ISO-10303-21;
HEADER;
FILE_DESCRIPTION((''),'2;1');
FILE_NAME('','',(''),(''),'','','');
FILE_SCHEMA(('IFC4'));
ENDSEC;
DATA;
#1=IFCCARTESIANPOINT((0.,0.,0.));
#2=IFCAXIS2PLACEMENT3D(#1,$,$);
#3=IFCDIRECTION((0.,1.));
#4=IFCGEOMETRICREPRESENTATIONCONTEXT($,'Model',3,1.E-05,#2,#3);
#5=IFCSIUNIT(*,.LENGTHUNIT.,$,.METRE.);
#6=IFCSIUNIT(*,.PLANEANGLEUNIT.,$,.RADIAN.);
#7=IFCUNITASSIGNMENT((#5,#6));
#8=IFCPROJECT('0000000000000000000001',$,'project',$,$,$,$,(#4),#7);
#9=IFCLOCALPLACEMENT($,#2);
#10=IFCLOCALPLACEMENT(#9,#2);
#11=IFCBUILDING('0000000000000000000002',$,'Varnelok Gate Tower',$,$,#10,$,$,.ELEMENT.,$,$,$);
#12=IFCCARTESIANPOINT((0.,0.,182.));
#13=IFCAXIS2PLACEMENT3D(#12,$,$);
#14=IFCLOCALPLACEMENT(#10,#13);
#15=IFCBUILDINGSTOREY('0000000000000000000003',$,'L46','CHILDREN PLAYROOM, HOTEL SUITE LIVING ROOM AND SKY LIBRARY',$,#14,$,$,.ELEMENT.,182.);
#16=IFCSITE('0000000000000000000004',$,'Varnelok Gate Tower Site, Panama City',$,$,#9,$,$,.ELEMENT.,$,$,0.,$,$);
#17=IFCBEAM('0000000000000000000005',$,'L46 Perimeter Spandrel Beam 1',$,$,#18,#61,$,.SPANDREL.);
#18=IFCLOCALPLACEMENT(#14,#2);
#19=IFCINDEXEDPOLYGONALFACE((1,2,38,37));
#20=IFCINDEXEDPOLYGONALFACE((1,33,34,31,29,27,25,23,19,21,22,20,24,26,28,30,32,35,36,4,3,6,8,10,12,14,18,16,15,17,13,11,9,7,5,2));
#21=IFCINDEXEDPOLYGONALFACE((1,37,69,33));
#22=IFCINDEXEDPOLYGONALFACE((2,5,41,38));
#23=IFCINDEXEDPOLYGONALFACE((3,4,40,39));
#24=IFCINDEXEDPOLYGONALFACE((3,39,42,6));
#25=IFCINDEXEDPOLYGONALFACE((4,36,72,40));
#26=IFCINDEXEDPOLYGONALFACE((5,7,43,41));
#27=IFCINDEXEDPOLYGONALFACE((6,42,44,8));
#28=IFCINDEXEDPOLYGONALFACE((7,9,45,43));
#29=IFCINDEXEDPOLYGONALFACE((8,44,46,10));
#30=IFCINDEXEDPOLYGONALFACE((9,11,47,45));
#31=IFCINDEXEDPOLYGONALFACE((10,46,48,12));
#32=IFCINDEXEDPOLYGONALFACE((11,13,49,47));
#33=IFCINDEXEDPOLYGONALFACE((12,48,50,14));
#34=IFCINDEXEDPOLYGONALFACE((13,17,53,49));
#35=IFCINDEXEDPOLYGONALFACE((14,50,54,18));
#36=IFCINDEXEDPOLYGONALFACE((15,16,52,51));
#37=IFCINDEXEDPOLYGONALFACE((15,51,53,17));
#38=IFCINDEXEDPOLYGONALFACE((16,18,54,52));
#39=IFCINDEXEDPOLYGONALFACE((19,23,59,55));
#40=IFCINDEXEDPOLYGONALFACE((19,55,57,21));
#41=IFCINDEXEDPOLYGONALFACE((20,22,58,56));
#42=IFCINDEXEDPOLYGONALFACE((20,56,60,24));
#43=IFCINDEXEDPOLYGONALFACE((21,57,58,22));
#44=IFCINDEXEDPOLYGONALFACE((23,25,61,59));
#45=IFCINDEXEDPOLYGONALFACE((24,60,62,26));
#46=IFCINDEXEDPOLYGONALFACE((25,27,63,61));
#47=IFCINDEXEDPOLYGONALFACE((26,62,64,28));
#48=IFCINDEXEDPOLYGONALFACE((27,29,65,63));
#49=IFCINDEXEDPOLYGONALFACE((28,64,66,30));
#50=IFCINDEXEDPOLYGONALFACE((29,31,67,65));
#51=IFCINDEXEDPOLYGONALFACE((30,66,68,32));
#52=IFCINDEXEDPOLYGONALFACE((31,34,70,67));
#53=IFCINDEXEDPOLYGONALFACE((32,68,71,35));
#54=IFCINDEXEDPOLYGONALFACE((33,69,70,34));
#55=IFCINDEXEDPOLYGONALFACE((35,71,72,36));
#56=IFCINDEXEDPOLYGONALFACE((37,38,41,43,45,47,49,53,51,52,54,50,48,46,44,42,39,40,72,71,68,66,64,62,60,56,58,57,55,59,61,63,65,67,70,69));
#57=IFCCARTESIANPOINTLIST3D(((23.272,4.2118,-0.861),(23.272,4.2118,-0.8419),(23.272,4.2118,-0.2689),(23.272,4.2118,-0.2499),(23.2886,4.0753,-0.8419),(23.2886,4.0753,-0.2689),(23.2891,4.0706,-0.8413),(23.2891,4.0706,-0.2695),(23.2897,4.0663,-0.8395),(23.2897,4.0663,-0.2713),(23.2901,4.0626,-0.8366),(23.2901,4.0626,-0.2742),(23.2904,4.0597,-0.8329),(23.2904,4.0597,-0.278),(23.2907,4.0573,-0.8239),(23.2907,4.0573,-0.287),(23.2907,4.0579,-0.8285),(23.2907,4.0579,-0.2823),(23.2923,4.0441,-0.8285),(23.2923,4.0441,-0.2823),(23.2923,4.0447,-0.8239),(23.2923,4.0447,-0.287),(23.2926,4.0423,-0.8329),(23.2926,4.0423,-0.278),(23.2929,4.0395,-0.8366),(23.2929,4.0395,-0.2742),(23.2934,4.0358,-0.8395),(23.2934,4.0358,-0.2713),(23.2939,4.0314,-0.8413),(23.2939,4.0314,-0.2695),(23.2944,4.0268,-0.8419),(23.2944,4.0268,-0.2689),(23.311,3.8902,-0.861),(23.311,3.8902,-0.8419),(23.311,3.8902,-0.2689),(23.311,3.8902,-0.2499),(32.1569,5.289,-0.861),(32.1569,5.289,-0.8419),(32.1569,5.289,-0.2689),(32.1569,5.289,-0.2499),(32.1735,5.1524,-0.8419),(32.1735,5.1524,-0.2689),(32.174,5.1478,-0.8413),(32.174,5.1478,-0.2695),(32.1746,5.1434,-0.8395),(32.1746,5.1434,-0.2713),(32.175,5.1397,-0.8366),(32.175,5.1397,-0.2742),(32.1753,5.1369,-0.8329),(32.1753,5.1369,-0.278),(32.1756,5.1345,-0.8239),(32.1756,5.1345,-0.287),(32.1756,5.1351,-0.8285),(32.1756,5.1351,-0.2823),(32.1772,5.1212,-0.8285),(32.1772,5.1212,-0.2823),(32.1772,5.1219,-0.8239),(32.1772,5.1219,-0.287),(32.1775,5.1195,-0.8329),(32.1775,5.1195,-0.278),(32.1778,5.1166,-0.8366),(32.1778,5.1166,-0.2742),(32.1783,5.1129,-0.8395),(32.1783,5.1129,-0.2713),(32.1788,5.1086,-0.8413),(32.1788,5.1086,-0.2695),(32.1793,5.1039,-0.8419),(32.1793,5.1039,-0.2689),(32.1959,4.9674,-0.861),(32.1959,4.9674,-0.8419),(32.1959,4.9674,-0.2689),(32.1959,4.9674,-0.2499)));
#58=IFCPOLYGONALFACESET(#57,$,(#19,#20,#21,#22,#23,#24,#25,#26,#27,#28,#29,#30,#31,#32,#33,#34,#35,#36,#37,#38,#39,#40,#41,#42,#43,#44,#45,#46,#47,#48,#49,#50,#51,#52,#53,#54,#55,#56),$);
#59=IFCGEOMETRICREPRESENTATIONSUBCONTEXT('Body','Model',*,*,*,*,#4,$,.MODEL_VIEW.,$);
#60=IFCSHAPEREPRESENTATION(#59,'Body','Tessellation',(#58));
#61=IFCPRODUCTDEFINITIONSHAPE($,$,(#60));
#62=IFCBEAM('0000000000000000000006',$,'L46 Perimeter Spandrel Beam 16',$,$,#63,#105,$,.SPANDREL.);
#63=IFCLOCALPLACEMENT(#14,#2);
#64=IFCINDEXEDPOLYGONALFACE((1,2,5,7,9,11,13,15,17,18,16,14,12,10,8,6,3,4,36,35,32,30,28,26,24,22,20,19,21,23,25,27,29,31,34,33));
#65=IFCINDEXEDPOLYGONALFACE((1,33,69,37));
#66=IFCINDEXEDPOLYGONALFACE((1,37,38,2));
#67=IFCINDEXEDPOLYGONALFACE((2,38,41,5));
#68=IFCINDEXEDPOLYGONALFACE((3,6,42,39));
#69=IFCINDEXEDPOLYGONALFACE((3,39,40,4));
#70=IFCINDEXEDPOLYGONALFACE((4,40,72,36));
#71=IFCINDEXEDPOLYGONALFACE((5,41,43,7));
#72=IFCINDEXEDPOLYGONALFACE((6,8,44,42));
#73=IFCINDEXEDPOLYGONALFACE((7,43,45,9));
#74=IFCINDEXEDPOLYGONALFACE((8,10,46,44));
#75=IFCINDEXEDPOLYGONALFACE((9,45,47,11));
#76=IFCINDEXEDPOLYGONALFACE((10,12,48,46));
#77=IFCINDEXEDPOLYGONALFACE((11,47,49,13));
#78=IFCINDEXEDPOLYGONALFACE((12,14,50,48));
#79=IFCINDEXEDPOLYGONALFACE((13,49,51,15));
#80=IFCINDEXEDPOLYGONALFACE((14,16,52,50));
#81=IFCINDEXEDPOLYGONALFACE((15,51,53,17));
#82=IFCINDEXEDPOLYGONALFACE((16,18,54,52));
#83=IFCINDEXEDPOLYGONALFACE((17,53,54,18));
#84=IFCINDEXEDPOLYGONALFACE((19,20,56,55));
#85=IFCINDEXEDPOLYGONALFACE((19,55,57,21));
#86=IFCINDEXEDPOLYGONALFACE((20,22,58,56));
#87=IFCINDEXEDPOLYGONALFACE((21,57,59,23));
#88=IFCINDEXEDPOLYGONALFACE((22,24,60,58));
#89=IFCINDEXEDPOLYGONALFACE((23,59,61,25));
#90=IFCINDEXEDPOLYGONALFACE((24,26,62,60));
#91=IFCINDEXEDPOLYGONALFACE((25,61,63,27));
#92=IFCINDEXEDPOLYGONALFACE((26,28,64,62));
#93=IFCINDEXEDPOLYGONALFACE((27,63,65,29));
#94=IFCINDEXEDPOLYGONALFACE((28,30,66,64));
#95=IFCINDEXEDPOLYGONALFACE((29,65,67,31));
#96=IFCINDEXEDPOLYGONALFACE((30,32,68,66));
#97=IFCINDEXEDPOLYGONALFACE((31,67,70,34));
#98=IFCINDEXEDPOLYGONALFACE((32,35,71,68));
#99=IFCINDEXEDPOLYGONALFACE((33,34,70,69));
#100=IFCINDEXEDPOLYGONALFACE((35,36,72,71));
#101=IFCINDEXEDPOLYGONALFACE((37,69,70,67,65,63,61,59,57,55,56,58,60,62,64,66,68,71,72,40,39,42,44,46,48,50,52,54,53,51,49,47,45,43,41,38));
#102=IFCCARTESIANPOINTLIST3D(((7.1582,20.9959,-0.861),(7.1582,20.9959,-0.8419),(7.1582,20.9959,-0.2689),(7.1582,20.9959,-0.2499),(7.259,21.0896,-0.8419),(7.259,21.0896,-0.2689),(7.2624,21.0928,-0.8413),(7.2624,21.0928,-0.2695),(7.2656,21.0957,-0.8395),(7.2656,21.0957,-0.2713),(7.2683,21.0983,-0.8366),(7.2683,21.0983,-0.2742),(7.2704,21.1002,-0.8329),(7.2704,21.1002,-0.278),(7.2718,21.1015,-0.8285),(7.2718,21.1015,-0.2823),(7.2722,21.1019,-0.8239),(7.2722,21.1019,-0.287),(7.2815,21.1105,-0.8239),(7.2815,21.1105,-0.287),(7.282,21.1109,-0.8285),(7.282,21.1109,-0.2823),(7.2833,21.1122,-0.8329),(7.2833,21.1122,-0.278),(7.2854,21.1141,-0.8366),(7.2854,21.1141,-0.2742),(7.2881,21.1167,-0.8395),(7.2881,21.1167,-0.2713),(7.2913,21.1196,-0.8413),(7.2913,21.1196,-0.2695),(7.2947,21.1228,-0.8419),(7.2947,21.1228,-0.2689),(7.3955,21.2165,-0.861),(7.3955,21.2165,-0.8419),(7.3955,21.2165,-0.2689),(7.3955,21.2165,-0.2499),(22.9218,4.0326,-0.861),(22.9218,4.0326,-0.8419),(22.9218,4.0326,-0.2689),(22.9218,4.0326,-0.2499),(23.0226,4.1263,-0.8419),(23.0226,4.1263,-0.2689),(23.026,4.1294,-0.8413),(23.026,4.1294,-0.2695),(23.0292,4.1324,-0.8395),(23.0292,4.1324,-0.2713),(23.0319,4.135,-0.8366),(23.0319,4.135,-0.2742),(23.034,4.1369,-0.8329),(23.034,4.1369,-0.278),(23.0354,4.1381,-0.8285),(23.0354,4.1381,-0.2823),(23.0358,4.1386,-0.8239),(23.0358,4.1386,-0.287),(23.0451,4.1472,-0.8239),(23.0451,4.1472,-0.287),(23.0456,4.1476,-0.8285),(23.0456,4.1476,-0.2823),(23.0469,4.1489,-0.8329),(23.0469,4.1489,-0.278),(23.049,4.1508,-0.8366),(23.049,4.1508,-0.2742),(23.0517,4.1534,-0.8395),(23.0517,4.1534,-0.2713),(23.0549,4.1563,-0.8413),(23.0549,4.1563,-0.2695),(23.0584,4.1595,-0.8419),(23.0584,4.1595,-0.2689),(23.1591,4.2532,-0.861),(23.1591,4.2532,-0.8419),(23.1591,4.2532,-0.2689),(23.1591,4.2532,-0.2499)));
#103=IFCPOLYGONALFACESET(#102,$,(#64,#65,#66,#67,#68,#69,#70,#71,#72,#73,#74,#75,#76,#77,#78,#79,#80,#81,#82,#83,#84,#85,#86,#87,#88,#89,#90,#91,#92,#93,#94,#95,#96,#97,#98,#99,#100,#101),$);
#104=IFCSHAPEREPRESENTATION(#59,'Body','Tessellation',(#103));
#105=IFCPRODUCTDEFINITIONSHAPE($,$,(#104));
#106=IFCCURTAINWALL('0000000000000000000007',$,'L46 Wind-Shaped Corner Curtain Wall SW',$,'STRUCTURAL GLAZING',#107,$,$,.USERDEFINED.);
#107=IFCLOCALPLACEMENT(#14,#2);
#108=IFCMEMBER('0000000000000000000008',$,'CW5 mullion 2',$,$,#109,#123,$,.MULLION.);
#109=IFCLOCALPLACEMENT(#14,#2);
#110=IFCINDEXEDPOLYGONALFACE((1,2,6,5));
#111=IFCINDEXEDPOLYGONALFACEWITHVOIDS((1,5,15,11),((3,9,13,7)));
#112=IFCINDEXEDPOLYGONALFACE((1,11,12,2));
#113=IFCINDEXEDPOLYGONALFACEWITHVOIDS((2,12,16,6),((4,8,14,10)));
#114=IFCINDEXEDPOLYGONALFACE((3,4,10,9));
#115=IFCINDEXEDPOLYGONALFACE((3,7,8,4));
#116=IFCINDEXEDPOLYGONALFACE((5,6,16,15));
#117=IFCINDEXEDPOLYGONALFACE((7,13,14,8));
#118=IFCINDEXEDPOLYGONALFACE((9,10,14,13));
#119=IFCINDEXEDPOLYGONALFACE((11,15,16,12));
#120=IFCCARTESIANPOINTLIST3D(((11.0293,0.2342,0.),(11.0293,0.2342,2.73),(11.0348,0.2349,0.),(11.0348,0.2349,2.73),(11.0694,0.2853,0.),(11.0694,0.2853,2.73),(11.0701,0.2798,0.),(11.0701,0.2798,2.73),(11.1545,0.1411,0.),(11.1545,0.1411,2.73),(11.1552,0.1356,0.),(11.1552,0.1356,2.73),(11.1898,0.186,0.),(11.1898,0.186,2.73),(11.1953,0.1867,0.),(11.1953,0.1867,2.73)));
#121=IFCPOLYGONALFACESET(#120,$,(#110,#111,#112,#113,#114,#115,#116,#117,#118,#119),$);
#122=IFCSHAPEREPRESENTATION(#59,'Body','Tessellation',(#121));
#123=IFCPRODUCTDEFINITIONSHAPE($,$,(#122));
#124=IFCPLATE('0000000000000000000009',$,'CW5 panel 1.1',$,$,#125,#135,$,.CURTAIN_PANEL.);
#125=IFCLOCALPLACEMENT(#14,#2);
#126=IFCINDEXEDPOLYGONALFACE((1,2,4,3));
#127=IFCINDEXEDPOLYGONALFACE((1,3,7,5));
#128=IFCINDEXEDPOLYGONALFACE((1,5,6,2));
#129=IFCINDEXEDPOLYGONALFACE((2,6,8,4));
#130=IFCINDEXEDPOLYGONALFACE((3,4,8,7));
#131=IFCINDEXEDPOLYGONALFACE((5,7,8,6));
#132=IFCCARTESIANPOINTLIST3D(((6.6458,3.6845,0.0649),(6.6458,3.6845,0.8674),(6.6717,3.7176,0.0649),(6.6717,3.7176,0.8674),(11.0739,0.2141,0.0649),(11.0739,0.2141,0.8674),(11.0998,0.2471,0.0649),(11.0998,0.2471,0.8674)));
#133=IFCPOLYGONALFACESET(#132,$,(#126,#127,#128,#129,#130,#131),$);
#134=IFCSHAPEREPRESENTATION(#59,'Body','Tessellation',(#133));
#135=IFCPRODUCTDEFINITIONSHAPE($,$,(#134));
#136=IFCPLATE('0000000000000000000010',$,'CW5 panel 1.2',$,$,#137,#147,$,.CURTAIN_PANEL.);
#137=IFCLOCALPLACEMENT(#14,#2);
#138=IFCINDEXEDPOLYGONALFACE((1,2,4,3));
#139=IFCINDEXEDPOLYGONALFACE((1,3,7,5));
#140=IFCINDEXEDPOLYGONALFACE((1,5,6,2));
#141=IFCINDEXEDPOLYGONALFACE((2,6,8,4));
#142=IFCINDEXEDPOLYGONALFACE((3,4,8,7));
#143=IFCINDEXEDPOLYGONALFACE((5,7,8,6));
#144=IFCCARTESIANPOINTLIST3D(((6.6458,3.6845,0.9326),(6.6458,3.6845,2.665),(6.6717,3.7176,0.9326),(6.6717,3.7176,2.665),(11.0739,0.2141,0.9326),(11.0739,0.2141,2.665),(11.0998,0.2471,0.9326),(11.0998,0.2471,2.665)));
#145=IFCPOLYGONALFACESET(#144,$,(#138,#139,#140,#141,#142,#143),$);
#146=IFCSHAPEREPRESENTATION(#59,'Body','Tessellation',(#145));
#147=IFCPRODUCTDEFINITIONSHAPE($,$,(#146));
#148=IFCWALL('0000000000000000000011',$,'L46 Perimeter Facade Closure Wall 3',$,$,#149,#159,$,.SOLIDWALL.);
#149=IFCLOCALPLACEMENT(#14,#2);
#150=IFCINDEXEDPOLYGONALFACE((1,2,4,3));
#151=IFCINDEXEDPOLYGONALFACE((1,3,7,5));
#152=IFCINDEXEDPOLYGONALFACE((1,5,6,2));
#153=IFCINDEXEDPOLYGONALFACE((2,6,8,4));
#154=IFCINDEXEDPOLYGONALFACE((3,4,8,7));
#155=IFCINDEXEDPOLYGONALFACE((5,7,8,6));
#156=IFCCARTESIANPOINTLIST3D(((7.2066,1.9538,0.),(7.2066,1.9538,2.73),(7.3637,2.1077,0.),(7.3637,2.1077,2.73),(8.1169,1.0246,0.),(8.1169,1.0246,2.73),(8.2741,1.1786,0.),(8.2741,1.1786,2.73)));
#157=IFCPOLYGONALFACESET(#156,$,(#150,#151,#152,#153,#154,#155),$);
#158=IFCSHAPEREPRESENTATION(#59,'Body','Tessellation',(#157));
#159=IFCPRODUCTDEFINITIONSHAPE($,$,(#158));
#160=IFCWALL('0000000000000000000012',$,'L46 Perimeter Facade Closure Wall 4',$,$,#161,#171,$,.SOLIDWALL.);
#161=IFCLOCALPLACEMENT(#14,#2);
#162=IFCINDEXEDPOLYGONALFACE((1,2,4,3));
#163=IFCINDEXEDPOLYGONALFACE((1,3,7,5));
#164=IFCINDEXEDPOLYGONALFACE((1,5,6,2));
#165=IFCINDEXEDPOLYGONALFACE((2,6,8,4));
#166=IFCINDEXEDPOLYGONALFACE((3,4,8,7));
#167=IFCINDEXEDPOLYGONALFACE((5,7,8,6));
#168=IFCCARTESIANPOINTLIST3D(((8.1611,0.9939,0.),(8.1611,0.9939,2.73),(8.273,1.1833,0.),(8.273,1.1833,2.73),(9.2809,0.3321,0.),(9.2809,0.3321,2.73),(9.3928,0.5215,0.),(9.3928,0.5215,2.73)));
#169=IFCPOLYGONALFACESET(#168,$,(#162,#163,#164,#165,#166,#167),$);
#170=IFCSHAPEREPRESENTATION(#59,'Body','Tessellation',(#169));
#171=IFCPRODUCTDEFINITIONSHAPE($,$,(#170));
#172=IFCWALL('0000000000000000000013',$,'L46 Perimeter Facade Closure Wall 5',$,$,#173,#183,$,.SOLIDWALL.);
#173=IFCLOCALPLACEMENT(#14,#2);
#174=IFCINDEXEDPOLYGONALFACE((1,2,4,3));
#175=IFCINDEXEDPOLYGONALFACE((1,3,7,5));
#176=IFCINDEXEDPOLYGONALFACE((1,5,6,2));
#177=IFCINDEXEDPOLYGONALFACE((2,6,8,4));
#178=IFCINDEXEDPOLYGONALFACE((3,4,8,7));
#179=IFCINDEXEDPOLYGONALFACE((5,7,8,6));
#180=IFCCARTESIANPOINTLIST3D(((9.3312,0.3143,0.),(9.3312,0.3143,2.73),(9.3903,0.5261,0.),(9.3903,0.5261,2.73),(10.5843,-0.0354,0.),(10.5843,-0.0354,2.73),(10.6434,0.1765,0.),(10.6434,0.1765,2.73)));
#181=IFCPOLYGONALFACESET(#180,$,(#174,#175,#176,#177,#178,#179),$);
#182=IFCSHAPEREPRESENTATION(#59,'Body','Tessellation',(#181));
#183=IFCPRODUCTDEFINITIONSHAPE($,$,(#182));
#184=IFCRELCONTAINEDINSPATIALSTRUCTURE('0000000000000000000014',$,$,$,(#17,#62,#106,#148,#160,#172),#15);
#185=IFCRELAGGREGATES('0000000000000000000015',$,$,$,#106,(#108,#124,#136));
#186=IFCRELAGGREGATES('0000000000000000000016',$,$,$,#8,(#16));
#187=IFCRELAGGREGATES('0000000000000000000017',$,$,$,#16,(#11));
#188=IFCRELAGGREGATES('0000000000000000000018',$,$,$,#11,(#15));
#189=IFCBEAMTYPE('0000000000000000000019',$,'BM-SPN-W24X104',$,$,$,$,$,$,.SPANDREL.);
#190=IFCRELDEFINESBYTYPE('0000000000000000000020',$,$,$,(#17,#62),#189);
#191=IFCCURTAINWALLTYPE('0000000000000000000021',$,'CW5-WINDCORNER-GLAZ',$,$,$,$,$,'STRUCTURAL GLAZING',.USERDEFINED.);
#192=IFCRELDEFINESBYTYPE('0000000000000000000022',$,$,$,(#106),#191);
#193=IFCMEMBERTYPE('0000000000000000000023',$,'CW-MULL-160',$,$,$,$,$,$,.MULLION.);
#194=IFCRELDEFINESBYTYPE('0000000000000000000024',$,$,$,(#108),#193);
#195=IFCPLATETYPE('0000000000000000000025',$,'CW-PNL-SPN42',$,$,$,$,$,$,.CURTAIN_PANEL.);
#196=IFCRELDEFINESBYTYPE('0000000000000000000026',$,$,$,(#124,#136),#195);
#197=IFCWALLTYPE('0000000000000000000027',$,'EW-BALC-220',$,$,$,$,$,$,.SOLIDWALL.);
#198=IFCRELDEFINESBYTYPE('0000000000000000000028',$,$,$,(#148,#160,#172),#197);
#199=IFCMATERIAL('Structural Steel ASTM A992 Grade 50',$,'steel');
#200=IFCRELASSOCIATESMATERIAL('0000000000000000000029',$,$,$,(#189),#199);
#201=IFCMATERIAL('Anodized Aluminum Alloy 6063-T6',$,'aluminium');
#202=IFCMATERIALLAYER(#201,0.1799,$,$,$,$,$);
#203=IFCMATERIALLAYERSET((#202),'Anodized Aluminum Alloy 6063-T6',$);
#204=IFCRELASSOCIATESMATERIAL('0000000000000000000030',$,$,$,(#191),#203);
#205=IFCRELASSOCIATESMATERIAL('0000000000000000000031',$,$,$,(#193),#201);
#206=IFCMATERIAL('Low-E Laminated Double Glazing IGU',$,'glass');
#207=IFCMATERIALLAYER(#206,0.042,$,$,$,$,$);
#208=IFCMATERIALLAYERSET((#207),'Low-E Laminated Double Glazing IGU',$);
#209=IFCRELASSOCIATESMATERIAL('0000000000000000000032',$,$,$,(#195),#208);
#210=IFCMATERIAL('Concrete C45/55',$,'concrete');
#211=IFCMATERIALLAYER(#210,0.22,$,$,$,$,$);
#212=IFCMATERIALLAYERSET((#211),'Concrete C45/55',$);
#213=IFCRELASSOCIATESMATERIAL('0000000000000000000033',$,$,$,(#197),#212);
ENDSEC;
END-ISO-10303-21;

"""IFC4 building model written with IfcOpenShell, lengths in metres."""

from ifc_helpers import new_model, si_unit, direction, frame, frame_2d, origin, origin_2d, place, context, subcontext, project, spatial, rectangle, hollow_rectangle, i_section, extrude, source, transform, mapped, material, layer, layer_set, material_profile, profile_set, type_object, element, aggregate, save


model = new_model("IFC4")

# Units and contexts
model_context = context("Model", 3, precision=1e-05, world=origin(), true_north=direction((0.0, 1.0)))
body_context = subcontext(model_context, "Body", "Model", "MODEL_VIEW")
ifc_project = project(units=[si_unit("LENGTHUNIT", "METRE"), si_unit("PLANEANGLEUNIT", "RADIAN")], contexts=[model_context])

# Site, building, storey
site_placement = place(None, origin())
site = spatial("IfcSite", under=ifc_project, at=site_placement, Name="Varnelok Gate Tower Site, Panama City", CompositionType="ELEMENT", RefElevation=0.0)
building_placement = place(site_placement, origin())
building = spatial("IfcBuilding", under=site, at=building_placement, Name="Varnelok Gate Tower", CompositionType="ELEMENT")
storey_placement = place(building_placement, frame((0.0, 0.0, 182.0)))
storey = spatial("IfcBuildingStorey", under=building, at=storey_placement, Name="L46", Description="CHILDREN PLAYROOM, HOTEL SUITE LIVING ROOM AND SKY LIBRARY", CompositionType="ELEMENT", Elevation=182.0)

# Shared definitions
ifc_material_1 = material(Name="Structural Steel ASTM A992 Grade 50", Category="steel")

# Beams
ifc_material_profile_1 = material_profile(ifc_material_1, i_section(OverallWidth=0.324, OverallDepth=0.6111, WebThickness=0.0127, FlangeThickness=0.019, FilletRadius=0.0181, at=origin_2d()), Name="W24X104")
ifc_profile_set_1 = profile_set([ifc_material_profile_1], Name="Structural Steel ASTM A992 Grade 50")
beam_type_1 = type_object("IfcBeamType", Name="BM-SPN-W24X104", PredefinedType="SPANDREL", material=ifc_profile_set_1)
beam_1_placement = place(storey_placement, frame((23.2915, 4.051, -0.5554), z_axis=(0.992731, 0.120351, 0.0), x_axis=(-0.120351, 0.992731, 0.0)))
element("IfcBeam", 1, at=beam_1_placement, inside=storey, type_object=beam_type_1, Name="L46 Perimeter Spandrel Beam 1", PredefinedType="SPANDREL", context=body_context, shape_type="SweptSolid", body=[
    extrude(i_section(OverallWidth=0.324, OverallDepth=0.6111, WebThickness=0.0127, FlangeThickness=0.019, FilletRadius=0.0181, at=origin_2d()), origin(), (0.0, 0.0, 1.0), 8.95),
])
beam_2_placement = place(storey_placement, frame((7.2769, 21.1062, -0.5554), z_axis=(0.680728, -0.732536, 0.0), x_axis=(0.732536, 0.680728, 0.0)))
element("IfcBeam", 2, at=beam_2_placement, inside=storey, type_object=beam_type_1, Name="L46 Perimeter Spandrel Beam 16", PredefinedType="SPANDREL", context=body_context, shape_type="SweptSolid", body=[
    extrude(i_section(OverallWidth=0.324, OverallDepth=0.6111, WebThickness=0.0127, FlangeThickness=0.019, FilletRadius=0.0181, at=origin_2d()), origin(), (0.0, 0.0, 1.0), 23.157),
])

# Curtain wall, member, plates
ifc_material_2 = material(Name="Anodized Aluminum Alloy 6063-T6", Category="aluminium")
ifc_layer_1 = layer(ifc_material_2, 0.1799)
ifc_layer_set_1 = layer_set([ifc_layer_1], Name="Anodized Aluminum Alloy 6063-T6")
curtain_wall_type = type_object("IfcCurtainWallType", Name="CW5-WINDCORNER-GLAZ", ElementType="STRUCTURAL GLAZING", PredefinedType="USERDEFINED", material=ifc_layer_set_1)
curtain_wall_placement = place(storey_placement, origin())
curtain_wall = element("IfcCurtainWall", 3, at=curtain_wall_placement, inside=storey, type_object=curtain_wall_type, Name="L46 Wind-Shaped Corner Curtain Wall SW", ObjectType="STRUCTURAL GLAZING", PredefinedType="USERDEFINED")
ifc_material_profile_2 = material_profile(ifc_material_2, hollow_rectangle(XDim=0.0649, YDim=0.1599, WallThickness=0.0039, at=origin_2d()), Name="ALU160X65X4")
ifc_profile_set_2 = profile_set([ifc_material_profile_2], Name="Anodized Aluminum Alloy 6063-T6")
member_type = type_object("IfcMemberType", Name="CW-MULL-160", PredefinedType="MULLION", material=ifc_profile_set_2)
member_placement = place(storey_placement, frame((11.1123, 0.2104, 0.0), z_axis=(0.0, 0.0, 1.0), x_axis=(0.616863, 0.787071, 0.0)))
member = element("IfcMember", 4, at=member_placement, type_object=member_type, Name="CW5 mullion 2", PredefinedType="MULLION", context=body_context, shape_type="SweptSolid", body=[
    extrude(hollow_rectangle(XDim=0.0649, YDim=0.1599, WallThickness=0.0039, at=origin_2d()), origin(), (0.0, 0.0, 1.0), 2.73),
])
ifc_material_3 = material(Name="Low-E Laminated Double Glazing IGU", Category="glass")
ifc_layer_2 = layer(ifc_material_3, 0.042)
ifc_layer_set_2 = layer_set([ifc_layer_2], Name="Low-E Laminated Double Glazing IGU")
plate_type = type_object("IfcPlateType", Name="CW-PNL-SPN42", PredefinedType="CURTAIN_PANEL", material=ifc_layer_set_2)
shared_shape_1 = source(origin(), body_context, "Body", "SweptSolid", [
    extrude(rectangle(XDim=5.626, YDim=0.042, at=origin_2d()), origin(), (0.0, 0.0, 1.0), 0.8025),
])
plate_1_placement = place(storey_placement, frame((8.8728, 1.9658, 0.0649), z_axis=(0.0, 0.0, 1.0), x_axis=(0.787071, -0.616863, 0.0)))
plate_1 = element("IfcPlate", 5, at=plate_1_placement, type_object=plate_type, Name="CW5 panel 1.1", PredefinedType="CURTAIN_PANEL", context=body_context, shape_type="MappedRepresentation", body=[
    mapped(shared_shape_1, transform((0.0, 0.0, 0.0), scale=1.0)),
])
shared_shape_2 = source(origin(), body_context, "Body", "SweptSolid", [
    extrude(rectangle(XDim=5.626, YDim=0.042, at=origin_2d()), origin(), (0.0, 0.0, 1.0), 1.7324),
])
plate_2_placement = place(storey_placement, frame((8.8728, 1.9658, 0.9326), z_axis=(0.0, 0.0, 1.0), x_axis=(0.787071, -0.616863, 0.0)))
plate_2 = element("IfcPlate", 6, at=plate_2_placement, type_object=plate_type, Name="CW5 panel 1.2", PredefinedType="CURTAIN_PANEL", context=body_context, shape_type="MappedRepresentation", body=[
    mapped(shared_shape_2, transform((0.0, 0.0, 0.0), scale=1.0)),
])
aggregate(curtain_wall, [member, plate_1, plate_2])

# Walls
ifc_material_4 = material(Name="Concrete C45/55", Category="concrete")
ifc_layer_3 = layer(ifc_material_4, 0.22)
ifc_layer_set_3 = layer_set([ifc_layer_3], Name="Concrete C45/55")
wall_type_1 = type_object("IfcWallType", Name="EW-BALC-220", PredefinedType="SOLIDWALL", material=ifc_layer_set_3)
for number, where, z_axis, x_axis, name in (
    (7, (7.2852, 2.0308, 0.0), (0.0, 0.0, 1.0), (0.699844, -0.714295, 0.0), "L46 Perimeter Facade Closure Wall 3"),
    (8, (8.217, 1.0886, 0.0), (0.0, 0.0, 1.0), (0.860885, -0.508799, 0.0), "L46 Perimeter Facade Closure Wall 4"),
):
    element("IfcWall", number, at=place(storey_placement, frame(where, z_axis=z_axis, x_axis=x_axis)), inside=storey, type_object=wall_type_1, Name=name, PredefinedType="SOLIDWALL", context=body_context, shape_type="SweptSolid", body=[
        extrude(rectangle(XDim=1.3008, YDim=0.22, at=frame_2d((0.6504, 0.0))), origin(), (0.0, 0.0, 1.0), 2.73),
    ])
wall_1_placement = place(storey_placement, frame((9.3608, 0.4202, 0.0), z_axis=(0.0, 0.0, 1.0), x_axis=(0.963219, -0.268718, 0.0)))
element("IfcWall", 9, at=wall_1_placement, inside=storey, type_object=wall_type_1, Name="L46 Perimeter Facade Closure Wall 5", PredefinedType="SOLIDWALL", context=body_context, shape_type="SweptSolid", body=[
    extrude(rectangle(XDim=1.301, YDim=0.22, at=frame_2d((0.6504, 0.0))), origin(), (0.0, 0.0, 1.0), 2.73),
])

save(model, "model.ifc")
